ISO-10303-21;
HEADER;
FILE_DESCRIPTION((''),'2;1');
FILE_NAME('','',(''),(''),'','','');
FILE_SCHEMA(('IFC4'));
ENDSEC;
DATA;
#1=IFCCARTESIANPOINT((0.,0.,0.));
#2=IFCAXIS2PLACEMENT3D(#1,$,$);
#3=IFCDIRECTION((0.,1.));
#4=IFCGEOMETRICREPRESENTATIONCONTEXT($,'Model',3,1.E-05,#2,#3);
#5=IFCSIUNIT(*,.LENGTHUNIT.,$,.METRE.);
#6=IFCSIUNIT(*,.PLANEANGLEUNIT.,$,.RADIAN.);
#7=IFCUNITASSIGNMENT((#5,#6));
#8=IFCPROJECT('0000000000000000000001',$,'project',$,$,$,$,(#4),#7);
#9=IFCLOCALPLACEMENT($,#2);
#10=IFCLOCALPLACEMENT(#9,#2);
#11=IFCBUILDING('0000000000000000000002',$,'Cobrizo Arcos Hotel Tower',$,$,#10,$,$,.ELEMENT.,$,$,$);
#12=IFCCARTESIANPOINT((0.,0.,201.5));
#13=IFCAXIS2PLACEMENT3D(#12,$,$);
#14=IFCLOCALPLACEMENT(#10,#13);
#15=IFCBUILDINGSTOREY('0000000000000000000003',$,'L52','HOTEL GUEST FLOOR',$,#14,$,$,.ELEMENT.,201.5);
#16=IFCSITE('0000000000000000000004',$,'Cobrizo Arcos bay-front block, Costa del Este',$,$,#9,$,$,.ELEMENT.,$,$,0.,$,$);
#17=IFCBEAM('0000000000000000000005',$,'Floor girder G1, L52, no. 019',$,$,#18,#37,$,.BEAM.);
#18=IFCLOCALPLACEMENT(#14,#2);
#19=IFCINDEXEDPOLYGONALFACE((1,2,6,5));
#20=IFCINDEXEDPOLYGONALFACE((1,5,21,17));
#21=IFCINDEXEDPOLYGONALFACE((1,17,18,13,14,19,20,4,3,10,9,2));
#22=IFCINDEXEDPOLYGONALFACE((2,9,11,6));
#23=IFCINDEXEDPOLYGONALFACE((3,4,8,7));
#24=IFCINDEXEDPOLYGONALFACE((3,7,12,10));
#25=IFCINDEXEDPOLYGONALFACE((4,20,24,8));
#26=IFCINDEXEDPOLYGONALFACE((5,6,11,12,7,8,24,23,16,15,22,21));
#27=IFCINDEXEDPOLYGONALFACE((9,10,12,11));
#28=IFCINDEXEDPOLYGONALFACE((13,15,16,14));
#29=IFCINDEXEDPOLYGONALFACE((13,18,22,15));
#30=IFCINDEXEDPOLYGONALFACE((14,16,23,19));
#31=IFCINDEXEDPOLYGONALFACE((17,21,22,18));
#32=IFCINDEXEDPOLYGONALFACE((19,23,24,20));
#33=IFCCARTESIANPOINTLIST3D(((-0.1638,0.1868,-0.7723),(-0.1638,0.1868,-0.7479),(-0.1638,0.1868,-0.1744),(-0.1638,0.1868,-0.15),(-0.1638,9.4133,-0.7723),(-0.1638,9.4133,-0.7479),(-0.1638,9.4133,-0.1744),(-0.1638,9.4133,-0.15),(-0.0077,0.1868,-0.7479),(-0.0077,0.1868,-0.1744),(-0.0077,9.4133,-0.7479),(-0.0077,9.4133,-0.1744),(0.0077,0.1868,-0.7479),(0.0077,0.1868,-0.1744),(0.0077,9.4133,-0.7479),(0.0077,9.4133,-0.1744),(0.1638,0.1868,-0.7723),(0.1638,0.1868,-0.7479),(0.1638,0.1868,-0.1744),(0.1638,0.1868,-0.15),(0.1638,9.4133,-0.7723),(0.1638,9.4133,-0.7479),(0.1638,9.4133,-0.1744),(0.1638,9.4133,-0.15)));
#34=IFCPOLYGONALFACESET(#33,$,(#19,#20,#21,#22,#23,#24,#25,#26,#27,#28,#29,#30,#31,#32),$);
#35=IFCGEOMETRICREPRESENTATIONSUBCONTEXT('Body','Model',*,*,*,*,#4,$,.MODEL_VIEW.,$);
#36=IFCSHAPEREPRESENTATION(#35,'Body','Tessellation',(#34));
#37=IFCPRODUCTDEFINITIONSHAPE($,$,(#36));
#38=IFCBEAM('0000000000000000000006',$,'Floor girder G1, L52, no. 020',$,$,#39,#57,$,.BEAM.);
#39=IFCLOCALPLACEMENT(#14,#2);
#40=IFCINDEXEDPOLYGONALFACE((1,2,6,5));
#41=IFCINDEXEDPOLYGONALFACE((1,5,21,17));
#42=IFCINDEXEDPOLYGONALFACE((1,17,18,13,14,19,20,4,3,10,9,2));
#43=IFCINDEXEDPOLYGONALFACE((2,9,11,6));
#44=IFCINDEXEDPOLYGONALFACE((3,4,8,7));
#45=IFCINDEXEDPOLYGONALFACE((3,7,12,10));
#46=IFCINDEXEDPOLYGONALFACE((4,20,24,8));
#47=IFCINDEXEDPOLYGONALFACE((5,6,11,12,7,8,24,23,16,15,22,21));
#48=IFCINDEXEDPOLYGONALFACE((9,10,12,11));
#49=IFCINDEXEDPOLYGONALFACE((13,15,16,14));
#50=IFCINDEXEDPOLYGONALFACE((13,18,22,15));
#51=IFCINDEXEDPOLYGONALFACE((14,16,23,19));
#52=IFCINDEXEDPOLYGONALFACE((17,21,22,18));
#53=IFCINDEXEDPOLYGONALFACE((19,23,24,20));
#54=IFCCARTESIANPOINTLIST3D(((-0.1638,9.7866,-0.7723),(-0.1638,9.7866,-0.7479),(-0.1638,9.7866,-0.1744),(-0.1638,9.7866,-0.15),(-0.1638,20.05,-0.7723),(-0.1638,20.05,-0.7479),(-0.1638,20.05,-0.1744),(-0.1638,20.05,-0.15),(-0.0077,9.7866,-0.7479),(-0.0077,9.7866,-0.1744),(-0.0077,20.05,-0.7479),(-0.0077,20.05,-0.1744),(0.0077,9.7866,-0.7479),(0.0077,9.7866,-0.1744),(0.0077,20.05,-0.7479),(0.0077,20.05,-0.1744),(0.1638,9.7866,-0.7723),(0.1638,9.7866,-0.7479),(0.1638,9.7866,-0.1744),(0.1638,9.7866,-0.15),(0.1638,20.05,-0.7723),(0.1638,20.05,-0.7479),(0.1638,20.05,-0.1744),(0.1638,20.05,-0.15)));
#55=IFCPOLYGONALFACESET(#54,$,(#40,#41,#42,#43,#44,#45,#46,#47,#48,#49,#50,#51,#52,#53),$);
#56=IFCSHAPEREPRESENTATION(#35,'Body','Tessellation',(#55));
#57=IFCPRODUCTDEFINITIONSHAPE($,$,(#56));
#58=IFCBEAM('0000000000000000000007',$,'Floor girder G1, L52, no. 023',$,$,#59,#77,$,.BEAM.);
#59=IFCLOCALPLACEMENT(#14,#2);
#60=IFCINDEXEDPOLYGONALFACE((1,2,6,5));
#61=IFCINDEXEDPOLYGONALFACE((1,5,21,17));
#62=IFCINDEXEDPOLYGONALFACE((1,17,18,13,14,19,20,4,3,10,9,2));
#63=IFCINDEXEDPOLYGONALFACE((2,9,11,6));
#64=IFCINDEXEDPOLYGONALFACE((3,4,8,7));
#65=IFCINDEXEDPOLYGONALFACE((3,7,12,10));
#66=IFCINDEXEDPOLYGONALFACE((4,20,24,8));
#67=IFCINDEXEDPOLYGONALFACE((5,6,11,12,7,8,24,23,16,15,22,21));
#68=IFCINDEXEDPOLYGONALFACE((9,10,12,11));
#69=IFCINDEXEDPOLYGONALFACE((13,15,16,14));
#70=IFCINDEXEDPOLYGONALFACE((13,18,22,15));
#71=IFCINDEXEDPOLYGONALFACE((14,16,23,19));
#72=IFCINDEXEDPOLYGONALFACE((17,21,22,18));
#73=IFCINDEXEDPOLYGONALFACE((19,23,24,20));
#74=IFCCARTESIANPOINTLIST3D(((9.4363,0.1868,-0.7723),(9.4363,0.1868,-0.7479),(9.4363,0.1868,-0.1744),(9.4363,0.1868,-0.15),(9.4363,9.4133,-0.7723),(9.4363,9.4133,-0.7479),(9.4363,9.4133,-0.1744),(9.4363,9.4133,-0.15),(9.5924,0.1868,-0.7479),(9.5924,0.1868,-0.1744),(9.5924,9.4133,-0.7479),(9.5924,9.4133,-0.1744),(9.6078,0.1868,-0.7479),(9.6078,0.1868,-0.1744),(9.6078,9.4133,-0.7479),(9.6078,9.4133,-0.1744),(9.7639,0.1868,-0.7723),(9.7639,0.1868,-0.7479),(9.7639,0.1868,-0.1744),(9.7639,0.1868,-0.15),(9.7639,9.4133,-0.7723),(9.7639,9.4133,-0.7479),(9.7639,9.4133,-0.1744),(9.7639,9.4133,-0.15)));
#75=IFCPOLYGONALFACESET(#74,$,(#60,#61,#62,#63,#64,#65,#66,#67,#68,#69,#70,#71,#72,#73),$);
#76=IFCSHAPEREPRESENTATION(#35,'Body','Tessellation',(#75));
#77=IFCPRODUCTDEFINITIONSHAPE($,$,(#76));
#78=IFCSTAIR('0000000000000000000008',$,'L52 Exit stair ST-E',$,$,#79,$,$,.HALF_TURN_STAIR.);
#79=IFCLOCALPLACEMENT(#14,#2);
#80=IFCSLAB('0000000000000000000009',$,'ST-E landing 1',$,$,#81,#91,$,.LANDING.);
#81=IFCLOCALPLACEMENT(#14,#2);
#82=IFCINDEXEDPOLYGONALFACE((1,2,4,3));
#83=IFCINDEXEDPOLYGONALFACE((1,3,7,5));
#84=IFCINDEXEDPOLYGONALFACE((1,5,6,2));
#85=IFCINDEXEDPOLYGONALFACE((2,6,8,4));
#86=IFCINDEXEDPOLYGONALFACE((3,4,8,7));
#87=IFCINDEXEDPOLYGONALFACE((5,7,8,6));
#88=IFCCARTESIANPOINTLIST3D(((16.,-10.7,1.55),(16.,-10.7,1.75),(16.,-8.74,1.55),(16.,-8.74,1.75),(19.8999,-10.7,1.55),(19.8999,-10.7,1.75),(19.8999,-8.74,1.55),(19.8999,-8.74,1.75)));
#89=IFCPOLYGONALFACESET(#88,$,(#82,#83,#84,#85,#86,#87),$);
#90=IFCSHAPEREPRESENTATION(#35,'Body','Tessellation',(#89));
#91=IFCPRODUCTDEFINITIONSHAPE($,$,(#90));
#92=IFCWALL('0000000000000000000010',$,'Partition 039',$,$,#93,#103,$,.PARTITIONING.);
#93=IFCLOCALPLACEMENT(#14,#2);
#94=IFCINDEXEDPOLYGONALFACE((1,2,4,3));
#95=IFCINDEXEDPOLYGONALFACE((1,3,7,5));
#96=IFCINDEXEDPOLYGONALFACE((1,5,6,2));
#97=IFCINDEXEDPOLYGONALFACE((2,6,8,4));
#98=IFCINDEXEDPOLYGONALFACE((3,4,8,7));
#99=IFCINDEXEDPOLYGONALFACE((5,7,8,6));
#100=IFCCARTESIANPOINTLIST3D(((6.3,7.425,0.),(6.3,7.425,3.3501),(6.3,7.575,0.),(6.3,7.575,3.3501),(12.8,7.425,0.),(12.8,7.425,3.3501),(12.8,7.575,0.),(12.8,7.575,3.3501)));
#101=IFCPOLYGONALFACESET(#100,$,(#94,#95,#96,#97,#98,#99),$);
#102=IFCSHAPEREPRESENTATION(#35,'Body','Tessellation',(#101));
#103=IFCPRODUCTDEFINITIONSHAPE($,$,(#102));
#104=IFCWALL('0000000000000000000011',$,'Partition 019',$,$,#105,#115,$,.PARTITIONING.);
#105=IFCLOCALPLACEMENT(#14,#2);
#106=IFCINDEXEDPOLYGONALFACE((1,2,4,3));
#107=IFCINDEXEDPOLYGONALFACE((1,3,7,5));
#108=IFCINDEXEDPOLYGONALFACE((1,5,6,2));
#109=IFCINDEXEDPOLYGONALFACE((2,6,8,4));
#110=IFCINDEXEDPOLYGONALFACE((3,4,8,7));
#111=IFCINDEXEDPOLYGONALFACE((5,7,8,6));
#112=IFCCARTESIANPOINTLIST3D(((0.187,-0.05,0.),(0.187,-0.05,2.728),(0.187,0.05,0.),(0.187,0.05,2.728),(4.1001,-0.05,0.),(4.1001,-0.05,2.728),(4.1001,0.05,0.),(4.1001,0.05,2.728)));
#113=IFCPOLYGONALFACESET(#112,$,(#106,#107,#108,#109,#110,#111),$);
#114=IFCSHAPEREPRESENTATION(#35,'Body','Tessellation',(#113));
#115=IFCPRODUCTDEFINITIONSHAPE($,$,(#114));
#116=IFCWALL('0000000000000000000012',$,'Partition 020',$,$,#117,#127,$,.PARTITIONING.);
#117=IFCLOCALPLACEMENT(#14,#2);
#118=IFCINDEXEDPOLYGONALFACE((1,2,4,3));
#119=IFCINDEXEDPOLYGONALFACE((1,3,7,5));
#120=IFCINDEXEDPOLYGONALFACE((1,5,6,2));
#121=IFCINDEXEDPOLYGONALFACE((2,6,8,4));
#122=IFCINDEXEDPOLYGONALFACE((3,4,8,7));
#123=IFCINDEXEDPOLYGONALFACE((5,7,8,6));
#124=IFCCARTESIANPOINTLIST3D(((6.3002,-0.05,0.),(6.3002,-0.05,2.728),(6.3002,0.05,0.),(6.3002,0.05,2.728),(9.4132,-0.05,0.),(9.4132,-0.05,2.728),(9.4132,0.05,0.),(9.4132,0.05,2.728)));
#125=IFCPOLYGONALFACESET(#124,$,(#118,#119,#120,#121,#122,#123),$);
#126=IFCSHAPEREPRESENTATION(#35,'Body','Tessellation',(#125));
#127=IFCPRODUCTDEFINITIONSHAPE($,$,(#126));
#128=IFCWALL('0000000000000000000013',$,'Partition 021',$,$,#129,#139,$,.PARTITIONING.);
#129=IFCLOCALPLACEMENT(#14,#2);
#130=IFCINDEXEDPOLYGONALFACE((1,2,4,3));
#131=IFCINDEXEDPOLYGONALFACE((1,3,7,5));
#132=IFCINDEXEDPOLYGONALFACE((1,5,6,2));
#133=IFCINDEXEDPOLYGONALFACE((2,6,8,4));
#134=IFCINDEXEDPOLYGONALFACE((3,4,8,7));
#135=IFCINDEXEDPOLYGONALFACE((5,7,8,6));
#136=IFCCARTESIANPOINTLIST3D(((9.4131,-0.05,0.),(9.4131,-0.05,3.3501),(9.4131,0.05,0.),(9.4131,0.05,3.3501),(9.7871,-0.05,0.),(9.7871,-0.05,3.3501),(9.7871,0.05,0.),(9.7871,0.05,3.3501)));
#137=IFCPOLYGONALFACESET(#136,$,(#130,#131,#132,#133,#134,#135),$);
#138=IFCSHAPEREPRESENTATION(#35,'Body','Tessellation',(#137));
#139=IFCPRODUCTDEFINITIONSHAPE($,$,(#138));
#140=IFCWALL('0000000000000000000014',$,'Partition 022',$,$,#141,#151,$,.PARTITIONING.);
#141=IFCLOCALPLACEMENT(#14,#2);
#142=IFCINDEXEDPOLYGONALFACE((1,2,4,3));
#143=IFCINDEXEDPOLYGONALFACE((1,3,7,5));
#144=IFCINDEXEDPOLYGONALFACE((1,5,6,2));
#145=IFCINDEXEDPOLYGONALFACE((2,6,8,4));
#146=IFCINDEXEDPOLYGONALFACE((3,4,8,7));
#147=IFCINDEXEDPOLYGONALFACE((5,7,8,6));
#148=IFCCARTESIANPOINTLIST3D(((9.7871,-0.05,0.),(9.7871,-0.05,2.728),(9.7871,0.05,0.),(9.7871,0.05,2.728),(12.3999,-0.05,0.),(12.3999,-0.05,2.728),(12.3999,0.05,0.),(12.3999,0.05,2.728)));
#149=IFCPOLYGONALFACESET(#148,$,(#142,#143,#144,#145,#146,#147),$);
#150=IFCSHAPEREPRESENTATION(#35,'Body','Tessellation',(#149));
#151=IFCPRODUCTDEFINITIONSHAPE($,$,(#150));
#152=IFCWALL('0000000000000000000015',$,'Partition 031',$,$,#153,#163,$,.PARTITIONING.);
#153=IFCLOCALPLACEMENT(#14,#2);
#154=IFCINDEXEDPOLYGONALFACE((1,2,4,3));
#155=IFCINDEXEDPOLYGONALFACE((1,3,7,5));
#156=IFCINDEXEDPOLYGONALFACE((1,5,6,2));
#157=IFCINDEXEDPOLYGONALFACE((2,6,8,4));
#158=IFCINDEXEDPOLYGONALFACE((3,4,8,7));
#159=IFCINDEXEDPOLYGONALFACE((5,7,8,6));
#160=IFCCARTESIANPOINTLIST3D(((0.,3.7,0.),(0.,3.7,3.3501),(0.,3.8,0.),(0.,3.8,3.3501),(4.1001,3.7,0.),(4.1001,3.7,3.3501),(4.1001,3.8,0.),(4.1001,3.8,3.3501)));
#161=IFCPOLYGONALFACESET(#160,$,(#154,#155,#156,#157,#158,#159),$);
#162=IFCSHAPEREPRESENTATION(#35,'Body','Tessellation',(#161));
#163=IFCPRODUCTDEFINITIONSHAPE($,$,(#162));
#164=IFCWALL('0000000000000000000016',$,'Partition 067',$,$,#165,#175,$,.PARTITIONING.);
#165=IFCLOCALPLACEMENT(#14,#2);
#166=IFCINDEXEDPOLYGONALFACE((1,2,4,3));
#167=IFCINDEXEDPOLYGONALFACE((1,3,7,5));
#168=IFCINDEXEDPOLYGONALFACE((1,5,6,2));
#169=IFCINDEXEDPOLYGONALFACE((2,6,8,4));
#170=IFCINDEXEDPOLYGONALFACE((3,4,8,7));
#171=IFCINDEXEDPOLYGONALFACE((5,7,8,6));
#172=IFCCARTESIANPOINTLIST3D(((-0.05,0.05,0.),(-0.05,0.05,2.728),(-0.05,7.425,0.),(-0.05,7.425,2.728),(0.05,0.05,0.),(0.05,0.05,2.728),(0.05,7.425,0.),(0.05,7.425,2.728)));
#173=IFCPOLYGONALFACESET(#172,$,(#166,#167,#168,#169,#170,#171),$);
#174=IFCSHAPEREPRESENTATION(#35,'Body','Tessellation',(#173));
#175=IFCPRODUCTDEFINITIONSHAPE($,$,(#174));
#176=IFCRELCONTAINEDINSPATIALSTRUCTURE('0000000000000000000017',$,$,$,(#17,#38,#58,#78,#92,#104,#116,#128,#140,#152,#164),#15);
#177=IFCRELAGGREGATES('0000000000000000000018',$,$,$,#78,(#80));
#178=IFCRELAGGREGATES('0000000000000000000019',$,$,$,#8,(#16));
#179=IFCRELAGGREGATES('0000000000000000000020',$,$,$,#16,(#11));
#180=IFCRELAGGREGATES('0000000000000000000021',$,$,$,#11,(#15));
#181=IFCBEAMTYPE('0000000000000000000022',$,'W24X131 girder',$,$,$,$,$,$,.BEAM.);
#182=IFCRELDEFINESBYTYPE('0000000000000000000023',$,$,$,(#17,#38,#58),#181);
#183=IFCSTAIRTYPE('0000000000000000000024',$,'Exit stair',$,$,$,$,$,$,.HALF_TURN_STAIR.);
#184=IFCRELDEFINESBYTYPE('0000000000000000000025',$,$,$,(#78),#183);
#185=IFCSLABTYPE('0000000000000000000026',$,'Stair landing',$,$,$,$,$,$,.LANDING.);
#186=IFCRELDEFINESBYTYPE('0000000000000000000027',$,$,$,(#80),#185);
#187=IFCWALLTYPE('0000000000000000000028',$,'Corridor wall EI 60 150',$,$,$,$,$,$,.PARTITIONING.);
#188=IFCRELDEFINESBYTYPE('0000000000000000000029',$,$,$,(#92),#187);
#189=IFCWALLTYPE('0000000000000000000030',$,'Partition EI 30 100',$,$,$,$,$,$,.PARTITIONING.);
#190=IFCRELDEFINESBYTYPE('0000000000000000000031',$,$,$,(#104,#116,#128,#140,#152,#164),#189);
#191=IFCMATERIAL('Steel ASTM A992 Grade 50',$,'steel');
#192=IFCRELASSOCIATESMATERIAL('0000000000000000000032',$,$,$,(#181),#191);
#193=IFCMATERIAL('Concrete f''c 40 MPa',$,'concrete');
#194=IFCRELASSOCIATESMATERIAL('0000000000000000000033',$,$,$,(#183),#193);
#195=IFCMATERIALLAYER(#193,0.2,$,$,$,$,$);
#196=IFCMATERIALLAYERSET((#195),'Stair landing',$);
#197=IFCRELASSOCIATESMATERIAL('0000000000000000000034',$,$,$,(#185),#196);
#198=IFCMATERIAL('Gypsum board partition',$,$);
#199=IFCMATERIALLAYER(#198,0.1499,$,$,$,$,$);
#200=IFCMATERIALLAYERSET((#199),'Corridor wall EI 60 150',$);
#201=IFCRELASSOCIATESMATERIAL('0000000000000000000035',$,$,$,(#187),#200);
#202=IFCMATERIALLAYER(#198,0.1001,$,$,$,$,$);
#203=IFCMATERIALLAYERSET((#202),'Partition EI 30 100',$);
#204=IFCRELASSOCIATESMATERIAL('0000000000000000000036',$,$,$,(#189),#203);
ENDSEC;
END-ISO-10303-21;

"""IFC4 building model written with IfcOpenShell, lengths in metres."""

from ifc_helpers import new_model, si_unit, direction, frame, frame_2d, origin, origin_2d, place, context, subcontext, project, spatial, polyline, rectangle, i_section, outline, extrude, material, layer, layer_set, material_profile, profile_set, type_object, element, aggregate, save


model = new_model("IFC4")

# Units and contexts
model_context = context("Model", 3, precision=1e-05, world=origin(), true_north=direction((0.0, 1.0)))
body_context = subcontext(model_context, "Body", "Model", "MODEL_VIEW")
ifc_project = project(units=[si_unit("LENGTHUNIT", "METRE"), si_unit("PLANEANGLEUNIT", "RADIAN")], contexts=[model_context])

# Site, building, storey
site_placement = place(None, origin())
site = spatial("IfcSite", under=ifc_project, at=site_placement, Name="Cobrizo Arcos bay-front block, Costa del Este", CompositionType="ELEMENT", RefElevation=0.0)
building_placement = place(site_placement, origin())
building = spatial("IfcBuilding", under=site, at=building_placement, Name="Cobrizo Arcos Hotel Tower", CompositionType="ELEMENT")
storey_placement = place(building_placement, frame((0.0, 0.0, 201.5)))
storey = spatial("IfcBuildingStorey", under=building, at=storey_placement, Name="L52", Description="HOTEL GUEST FLOOR", CompositionType="ELEMENT", Elevation=201.5)

# Shared definitions
ifc_material_1 = material(Name="Steel ASTM A992 Grade 50", Category="steel")

# Beams
ifc_material_profile_1 = material_profile(ifc_material_1, i_section(OverallWidth=0.3276, OverallDepth=0.6223, WebThickness=0.0154, FlangeThickness=0.0244, at=origin_2d()), Name="W24X131")
ifc_profile_set_1 = profile_set([ifc_material_profile_1], Name="Steel ASTM A992 Grade 50")
beam_type_1 = type_object("IfcBeamType", Name="W24X131 girder", PredefinedType="BEAM", material=ifc_profile_set_1)
beam_1_placement = place(storey_placement, frame((0.0, 0.1868, -0.4612), z_axis=(0.0, 1.0, 0.0), x_axis=(-1.0, 0.0, 0.0)))
element("IfcBeam", 1, at=beam_1_placement, inside=storey, type_object=beam_type_1, Name="Floor girder G1, L52, no. 019", PredefinedType="BEAM", context=body_context, shape_type="SweptSolid", body=[
    extrude(i_section(OverallWidth=0.3276, OverallDepth=0.6223, WebThickness=0.0154, FlangeThickness=0.0244, at=origin_2d()), origin(), (0.0, 0.0, 1.0), 9.2266),
])
beam_2_placement = place(storey_placement, frame((0.0, 9.7866, -0.4612), z_axis=(0.0, 1.0, 0.0), x_axis=(-1.0, 0.0, 0.0)))
element("IfcBeam", 2, at=beam_2_placement, inside=storey, type_object=beam_type_1, Name="Floor girder G1, L52, no. 020", PredefinedType="BEAM", context=body_context, shape_type="SweptSolid", body=[
    extrude(i_section(OverallWidth=0.3276, OverallDepth=0.6223, WebThickness=0.0154, FlangeThickness=0.0244, at=origin_2d()), origin(), (0.0, 0.0, 1.0), 10.2634),
])
beam_3_placement = place(storey_placement, frame((9.6001, 0.1868, -0.4612), z_axis=(0.0, 1.0, 0.0), x_axis=(-1.0, 0.0, 0.0)))
element("IfcBeam", 3, at=beam_3_placement, inside=storey, type_object=beam_type_1, Name="Floor girder G1, L52, no. 023", PredefinedType="BEAM", context=body_context, shape_type="SweptSolid", body=[
    extrude(i_section(OverallWidth=0.3276, OverallDepth=0.6223, WebThickness=0.0154, FlangeThickness=0.0244, at=origin_2d()), origin(), (0.0, 0.0, 1.0), 9.2266),
])

# Stair, slab
ifc_material_2 = material(Name="Concrete f'c 40 MPa", Category="concrete")
stair_type = type_object("IfcStairType", Name="Exit stair", PredefinedType="HALF_TURN_STAIR", material=ifc_material_2)
stair_placement = place(storey_placement, origin())
stair = element("IfcStair", 4, at=stair_placement, inside=storey, type_object=stair_type, Name="L52 Exit stair ST-E", PredefinedType="HALF_TURN_STAIR")
ifc_layer_1 = layer(ifc_material_2, 0.2)
ifc_layer_set_1 = layer_set([ifc_layer_1], Name="Stair landing")
slab_type = type_object("IfcSlabType", Name="Stair landing", PredefinedType="LANDING", material=ifc_layer_set_1)
slab_placement = place(storey_placement, frame((0.0, 0.0, 1.55)))
slab = element("IfcSlab", 5, at=slab_placement, type_object=slab_type, Name="ST-E landing 1", PredefinedType="LANDING", context=body_context, shape_type="SweptSolid", body=[
    extrude(outline(polyline([(16.0, -8.74), (16.0, -10.7), (19.8999, -10.7), (19.8999, -8.74), (16.0, -8.74)])), origin(), (0.0, 0.0, 1.0), 0.2),
])
aggregate(stair, [slab])

# Walls
ifc_material_3 = material(Name="Gypsum board partition")
ifc_layer_2 = layer(ifc_material_3, 0.1499)
ifc_layer_set_2 = layer_set([ifc_layer_2], Name="Corridor wall EI 60 150")
wall_type_1 = type_object("IfcWallType", Name="Corridor wall EI 60 150", PredefinedType="PARTITIONING", material=ifc_layer_set_2)
wall_1_placement = place(storey_placement, frame((6.3, 7.5, 0.0), z_axis=(0.0, 0.0, 1.0), x_axis=(1.0, 0.0, 0.0)))
element("IfcWall", 6, at=wall_1_placement, inside=storey, type_object=wall_type_1, Name="Partition 039", PredefinedType="PARTITIONING", context=body_context, shape_type="SweptSolid", body=[
    extrude(rectangle(XDim=6.5, YDim=0.1499, at=frame_2d((3.25, 0.0))), origin(), (0.0, 0.0, 1.0), 3.3501),
])
ifc_layer_3 = layer(ifc_material_3, 0.1001)
ifc_layer_set_3 = layer_set([ifc_layer_3], Name="Partition EI 30 100")
wall_type_2 = type_object("IfcWallType", Name="Partition EI 30 100", PredefinedType="PARTITIONING", material=ifc_layer_set_3)
wall_2_placement = place(storey_placement, frame((0.187, 0.0, 0.0), z_axis=(0.0, 0.0, 1.0), x_axis=(1.0, 0.0, 0.0)))
element("IfcWall", 7, at=wall_2_placement, inside=storey, type_object=wall_type_2, Name="Partition 019", PredefinedType="PARTITIONING", context=body_context, shape_type="SweptSolid", body=[
    extrude(rectangle(XDim=3.9131, YDim=0.1001, at=frame_2d((1.9565, 0.0))), origin(), (0.0, 0.0, 1.0), 2.728),
])
wall_3_placement = place(storey_placement, frame((6.3, 0.0, 0.0), z_axis=(0.0, 0.0, 1.0), x_axis=(1.0, 0.0, 0.0)))
element("IfcWall", 8, at=wall_3_placement, inside=storey, type_object=wall_type_2, Name="Partition 020", PredefinedType="PARTITIONING", context=body_context, shape_type="SweptSolid", body=[
    extrude(rectangle(XDim=3.113, YDim=0.1001, at=frame_2d((1.5566, 0.0))), origin(), (0.0, 0.0, 1.0), 2.728),
])
wall_4_placement = place(storey_placement, frame((9.4131, 0.0, 0.0), z_axis=(0.0, 0.0, 1.0), x_axis=(1.0, 0.0, 0.0)))
element("IfcWall", 9, at=wall_4_placement, inside=storey, type_object=wall_type_2, Name="Partition 021", PredefinedType="PARTITIONING", context=body_context, shape_type="SweptSolid", body=[
    extrude(rectangle(XDim=0.374, YDim=0.1001, at=frame_2d((0.187, 0.0))), origin(), (0.0, 0.0, 1.0), 3.3501),
])
wall_5_placement = place(storey_placement, frame((9.7871, 0.0, 0.0), z_axis=(0.0, 0.0, 1.0), x_axis=(1.0, 0.0, 0.0)))
element("IfcWall", 10, at=wall_5_placement, inside=storey, type_object=wall_type_2, Name="Partition 022", PredefinedType="PARTITIONING", context=body_context, shape_type="SweptSolid", body=[
    extrude(rectangle(XDim=2.6128, YDim=0.1001, at=frame_2d((1.3064, 0.0))), origin(), (0.0, 0.0, 1.0), 2.728),
])
wall_6_placement = place(storey_placement, frame((0.0, 3.75, 0.0), z_axis=(0.0, 0.0, 1.0), x_axis=(1.0, 0.0, 0.0)))
element("IfcWall", 11, at=wall_6_placement, inside=storey, type_object=wall_type_2, Name="Partition 031", PredefinedType="PARTITIONING", context=body_context, shape_type="SweptSolid", body=[
    extrude(rectangle(XDim=4.1001, YDim=0.1001, at=frame_2d((2.05, 0.0))), origin(), (0.0, 0.0, 1.0), 3.3501),
])
wall_7_placement = place(storey_placement, frame((0.0, 0.05, 0.0), z_axis=(0.0, 0.0, 1.0), x_axis=(0.0, 1.0, 0.0)))
element("IfcWall", 12, at=wall_7_placement, inside=storey, type_object=wall_type_2, Name="Partition 067", PredefinedType="PARTITIONING", context=body_context, shape_type="SweptSolid", body=[
    extrude(rectangle(XDim=7.375, YDim=0.1001, at=frame_2d((3.6875, 0.0))), origin(), (0.0, 0.0, 1.0), 2.728),
])

save(model, "model.ifc")
